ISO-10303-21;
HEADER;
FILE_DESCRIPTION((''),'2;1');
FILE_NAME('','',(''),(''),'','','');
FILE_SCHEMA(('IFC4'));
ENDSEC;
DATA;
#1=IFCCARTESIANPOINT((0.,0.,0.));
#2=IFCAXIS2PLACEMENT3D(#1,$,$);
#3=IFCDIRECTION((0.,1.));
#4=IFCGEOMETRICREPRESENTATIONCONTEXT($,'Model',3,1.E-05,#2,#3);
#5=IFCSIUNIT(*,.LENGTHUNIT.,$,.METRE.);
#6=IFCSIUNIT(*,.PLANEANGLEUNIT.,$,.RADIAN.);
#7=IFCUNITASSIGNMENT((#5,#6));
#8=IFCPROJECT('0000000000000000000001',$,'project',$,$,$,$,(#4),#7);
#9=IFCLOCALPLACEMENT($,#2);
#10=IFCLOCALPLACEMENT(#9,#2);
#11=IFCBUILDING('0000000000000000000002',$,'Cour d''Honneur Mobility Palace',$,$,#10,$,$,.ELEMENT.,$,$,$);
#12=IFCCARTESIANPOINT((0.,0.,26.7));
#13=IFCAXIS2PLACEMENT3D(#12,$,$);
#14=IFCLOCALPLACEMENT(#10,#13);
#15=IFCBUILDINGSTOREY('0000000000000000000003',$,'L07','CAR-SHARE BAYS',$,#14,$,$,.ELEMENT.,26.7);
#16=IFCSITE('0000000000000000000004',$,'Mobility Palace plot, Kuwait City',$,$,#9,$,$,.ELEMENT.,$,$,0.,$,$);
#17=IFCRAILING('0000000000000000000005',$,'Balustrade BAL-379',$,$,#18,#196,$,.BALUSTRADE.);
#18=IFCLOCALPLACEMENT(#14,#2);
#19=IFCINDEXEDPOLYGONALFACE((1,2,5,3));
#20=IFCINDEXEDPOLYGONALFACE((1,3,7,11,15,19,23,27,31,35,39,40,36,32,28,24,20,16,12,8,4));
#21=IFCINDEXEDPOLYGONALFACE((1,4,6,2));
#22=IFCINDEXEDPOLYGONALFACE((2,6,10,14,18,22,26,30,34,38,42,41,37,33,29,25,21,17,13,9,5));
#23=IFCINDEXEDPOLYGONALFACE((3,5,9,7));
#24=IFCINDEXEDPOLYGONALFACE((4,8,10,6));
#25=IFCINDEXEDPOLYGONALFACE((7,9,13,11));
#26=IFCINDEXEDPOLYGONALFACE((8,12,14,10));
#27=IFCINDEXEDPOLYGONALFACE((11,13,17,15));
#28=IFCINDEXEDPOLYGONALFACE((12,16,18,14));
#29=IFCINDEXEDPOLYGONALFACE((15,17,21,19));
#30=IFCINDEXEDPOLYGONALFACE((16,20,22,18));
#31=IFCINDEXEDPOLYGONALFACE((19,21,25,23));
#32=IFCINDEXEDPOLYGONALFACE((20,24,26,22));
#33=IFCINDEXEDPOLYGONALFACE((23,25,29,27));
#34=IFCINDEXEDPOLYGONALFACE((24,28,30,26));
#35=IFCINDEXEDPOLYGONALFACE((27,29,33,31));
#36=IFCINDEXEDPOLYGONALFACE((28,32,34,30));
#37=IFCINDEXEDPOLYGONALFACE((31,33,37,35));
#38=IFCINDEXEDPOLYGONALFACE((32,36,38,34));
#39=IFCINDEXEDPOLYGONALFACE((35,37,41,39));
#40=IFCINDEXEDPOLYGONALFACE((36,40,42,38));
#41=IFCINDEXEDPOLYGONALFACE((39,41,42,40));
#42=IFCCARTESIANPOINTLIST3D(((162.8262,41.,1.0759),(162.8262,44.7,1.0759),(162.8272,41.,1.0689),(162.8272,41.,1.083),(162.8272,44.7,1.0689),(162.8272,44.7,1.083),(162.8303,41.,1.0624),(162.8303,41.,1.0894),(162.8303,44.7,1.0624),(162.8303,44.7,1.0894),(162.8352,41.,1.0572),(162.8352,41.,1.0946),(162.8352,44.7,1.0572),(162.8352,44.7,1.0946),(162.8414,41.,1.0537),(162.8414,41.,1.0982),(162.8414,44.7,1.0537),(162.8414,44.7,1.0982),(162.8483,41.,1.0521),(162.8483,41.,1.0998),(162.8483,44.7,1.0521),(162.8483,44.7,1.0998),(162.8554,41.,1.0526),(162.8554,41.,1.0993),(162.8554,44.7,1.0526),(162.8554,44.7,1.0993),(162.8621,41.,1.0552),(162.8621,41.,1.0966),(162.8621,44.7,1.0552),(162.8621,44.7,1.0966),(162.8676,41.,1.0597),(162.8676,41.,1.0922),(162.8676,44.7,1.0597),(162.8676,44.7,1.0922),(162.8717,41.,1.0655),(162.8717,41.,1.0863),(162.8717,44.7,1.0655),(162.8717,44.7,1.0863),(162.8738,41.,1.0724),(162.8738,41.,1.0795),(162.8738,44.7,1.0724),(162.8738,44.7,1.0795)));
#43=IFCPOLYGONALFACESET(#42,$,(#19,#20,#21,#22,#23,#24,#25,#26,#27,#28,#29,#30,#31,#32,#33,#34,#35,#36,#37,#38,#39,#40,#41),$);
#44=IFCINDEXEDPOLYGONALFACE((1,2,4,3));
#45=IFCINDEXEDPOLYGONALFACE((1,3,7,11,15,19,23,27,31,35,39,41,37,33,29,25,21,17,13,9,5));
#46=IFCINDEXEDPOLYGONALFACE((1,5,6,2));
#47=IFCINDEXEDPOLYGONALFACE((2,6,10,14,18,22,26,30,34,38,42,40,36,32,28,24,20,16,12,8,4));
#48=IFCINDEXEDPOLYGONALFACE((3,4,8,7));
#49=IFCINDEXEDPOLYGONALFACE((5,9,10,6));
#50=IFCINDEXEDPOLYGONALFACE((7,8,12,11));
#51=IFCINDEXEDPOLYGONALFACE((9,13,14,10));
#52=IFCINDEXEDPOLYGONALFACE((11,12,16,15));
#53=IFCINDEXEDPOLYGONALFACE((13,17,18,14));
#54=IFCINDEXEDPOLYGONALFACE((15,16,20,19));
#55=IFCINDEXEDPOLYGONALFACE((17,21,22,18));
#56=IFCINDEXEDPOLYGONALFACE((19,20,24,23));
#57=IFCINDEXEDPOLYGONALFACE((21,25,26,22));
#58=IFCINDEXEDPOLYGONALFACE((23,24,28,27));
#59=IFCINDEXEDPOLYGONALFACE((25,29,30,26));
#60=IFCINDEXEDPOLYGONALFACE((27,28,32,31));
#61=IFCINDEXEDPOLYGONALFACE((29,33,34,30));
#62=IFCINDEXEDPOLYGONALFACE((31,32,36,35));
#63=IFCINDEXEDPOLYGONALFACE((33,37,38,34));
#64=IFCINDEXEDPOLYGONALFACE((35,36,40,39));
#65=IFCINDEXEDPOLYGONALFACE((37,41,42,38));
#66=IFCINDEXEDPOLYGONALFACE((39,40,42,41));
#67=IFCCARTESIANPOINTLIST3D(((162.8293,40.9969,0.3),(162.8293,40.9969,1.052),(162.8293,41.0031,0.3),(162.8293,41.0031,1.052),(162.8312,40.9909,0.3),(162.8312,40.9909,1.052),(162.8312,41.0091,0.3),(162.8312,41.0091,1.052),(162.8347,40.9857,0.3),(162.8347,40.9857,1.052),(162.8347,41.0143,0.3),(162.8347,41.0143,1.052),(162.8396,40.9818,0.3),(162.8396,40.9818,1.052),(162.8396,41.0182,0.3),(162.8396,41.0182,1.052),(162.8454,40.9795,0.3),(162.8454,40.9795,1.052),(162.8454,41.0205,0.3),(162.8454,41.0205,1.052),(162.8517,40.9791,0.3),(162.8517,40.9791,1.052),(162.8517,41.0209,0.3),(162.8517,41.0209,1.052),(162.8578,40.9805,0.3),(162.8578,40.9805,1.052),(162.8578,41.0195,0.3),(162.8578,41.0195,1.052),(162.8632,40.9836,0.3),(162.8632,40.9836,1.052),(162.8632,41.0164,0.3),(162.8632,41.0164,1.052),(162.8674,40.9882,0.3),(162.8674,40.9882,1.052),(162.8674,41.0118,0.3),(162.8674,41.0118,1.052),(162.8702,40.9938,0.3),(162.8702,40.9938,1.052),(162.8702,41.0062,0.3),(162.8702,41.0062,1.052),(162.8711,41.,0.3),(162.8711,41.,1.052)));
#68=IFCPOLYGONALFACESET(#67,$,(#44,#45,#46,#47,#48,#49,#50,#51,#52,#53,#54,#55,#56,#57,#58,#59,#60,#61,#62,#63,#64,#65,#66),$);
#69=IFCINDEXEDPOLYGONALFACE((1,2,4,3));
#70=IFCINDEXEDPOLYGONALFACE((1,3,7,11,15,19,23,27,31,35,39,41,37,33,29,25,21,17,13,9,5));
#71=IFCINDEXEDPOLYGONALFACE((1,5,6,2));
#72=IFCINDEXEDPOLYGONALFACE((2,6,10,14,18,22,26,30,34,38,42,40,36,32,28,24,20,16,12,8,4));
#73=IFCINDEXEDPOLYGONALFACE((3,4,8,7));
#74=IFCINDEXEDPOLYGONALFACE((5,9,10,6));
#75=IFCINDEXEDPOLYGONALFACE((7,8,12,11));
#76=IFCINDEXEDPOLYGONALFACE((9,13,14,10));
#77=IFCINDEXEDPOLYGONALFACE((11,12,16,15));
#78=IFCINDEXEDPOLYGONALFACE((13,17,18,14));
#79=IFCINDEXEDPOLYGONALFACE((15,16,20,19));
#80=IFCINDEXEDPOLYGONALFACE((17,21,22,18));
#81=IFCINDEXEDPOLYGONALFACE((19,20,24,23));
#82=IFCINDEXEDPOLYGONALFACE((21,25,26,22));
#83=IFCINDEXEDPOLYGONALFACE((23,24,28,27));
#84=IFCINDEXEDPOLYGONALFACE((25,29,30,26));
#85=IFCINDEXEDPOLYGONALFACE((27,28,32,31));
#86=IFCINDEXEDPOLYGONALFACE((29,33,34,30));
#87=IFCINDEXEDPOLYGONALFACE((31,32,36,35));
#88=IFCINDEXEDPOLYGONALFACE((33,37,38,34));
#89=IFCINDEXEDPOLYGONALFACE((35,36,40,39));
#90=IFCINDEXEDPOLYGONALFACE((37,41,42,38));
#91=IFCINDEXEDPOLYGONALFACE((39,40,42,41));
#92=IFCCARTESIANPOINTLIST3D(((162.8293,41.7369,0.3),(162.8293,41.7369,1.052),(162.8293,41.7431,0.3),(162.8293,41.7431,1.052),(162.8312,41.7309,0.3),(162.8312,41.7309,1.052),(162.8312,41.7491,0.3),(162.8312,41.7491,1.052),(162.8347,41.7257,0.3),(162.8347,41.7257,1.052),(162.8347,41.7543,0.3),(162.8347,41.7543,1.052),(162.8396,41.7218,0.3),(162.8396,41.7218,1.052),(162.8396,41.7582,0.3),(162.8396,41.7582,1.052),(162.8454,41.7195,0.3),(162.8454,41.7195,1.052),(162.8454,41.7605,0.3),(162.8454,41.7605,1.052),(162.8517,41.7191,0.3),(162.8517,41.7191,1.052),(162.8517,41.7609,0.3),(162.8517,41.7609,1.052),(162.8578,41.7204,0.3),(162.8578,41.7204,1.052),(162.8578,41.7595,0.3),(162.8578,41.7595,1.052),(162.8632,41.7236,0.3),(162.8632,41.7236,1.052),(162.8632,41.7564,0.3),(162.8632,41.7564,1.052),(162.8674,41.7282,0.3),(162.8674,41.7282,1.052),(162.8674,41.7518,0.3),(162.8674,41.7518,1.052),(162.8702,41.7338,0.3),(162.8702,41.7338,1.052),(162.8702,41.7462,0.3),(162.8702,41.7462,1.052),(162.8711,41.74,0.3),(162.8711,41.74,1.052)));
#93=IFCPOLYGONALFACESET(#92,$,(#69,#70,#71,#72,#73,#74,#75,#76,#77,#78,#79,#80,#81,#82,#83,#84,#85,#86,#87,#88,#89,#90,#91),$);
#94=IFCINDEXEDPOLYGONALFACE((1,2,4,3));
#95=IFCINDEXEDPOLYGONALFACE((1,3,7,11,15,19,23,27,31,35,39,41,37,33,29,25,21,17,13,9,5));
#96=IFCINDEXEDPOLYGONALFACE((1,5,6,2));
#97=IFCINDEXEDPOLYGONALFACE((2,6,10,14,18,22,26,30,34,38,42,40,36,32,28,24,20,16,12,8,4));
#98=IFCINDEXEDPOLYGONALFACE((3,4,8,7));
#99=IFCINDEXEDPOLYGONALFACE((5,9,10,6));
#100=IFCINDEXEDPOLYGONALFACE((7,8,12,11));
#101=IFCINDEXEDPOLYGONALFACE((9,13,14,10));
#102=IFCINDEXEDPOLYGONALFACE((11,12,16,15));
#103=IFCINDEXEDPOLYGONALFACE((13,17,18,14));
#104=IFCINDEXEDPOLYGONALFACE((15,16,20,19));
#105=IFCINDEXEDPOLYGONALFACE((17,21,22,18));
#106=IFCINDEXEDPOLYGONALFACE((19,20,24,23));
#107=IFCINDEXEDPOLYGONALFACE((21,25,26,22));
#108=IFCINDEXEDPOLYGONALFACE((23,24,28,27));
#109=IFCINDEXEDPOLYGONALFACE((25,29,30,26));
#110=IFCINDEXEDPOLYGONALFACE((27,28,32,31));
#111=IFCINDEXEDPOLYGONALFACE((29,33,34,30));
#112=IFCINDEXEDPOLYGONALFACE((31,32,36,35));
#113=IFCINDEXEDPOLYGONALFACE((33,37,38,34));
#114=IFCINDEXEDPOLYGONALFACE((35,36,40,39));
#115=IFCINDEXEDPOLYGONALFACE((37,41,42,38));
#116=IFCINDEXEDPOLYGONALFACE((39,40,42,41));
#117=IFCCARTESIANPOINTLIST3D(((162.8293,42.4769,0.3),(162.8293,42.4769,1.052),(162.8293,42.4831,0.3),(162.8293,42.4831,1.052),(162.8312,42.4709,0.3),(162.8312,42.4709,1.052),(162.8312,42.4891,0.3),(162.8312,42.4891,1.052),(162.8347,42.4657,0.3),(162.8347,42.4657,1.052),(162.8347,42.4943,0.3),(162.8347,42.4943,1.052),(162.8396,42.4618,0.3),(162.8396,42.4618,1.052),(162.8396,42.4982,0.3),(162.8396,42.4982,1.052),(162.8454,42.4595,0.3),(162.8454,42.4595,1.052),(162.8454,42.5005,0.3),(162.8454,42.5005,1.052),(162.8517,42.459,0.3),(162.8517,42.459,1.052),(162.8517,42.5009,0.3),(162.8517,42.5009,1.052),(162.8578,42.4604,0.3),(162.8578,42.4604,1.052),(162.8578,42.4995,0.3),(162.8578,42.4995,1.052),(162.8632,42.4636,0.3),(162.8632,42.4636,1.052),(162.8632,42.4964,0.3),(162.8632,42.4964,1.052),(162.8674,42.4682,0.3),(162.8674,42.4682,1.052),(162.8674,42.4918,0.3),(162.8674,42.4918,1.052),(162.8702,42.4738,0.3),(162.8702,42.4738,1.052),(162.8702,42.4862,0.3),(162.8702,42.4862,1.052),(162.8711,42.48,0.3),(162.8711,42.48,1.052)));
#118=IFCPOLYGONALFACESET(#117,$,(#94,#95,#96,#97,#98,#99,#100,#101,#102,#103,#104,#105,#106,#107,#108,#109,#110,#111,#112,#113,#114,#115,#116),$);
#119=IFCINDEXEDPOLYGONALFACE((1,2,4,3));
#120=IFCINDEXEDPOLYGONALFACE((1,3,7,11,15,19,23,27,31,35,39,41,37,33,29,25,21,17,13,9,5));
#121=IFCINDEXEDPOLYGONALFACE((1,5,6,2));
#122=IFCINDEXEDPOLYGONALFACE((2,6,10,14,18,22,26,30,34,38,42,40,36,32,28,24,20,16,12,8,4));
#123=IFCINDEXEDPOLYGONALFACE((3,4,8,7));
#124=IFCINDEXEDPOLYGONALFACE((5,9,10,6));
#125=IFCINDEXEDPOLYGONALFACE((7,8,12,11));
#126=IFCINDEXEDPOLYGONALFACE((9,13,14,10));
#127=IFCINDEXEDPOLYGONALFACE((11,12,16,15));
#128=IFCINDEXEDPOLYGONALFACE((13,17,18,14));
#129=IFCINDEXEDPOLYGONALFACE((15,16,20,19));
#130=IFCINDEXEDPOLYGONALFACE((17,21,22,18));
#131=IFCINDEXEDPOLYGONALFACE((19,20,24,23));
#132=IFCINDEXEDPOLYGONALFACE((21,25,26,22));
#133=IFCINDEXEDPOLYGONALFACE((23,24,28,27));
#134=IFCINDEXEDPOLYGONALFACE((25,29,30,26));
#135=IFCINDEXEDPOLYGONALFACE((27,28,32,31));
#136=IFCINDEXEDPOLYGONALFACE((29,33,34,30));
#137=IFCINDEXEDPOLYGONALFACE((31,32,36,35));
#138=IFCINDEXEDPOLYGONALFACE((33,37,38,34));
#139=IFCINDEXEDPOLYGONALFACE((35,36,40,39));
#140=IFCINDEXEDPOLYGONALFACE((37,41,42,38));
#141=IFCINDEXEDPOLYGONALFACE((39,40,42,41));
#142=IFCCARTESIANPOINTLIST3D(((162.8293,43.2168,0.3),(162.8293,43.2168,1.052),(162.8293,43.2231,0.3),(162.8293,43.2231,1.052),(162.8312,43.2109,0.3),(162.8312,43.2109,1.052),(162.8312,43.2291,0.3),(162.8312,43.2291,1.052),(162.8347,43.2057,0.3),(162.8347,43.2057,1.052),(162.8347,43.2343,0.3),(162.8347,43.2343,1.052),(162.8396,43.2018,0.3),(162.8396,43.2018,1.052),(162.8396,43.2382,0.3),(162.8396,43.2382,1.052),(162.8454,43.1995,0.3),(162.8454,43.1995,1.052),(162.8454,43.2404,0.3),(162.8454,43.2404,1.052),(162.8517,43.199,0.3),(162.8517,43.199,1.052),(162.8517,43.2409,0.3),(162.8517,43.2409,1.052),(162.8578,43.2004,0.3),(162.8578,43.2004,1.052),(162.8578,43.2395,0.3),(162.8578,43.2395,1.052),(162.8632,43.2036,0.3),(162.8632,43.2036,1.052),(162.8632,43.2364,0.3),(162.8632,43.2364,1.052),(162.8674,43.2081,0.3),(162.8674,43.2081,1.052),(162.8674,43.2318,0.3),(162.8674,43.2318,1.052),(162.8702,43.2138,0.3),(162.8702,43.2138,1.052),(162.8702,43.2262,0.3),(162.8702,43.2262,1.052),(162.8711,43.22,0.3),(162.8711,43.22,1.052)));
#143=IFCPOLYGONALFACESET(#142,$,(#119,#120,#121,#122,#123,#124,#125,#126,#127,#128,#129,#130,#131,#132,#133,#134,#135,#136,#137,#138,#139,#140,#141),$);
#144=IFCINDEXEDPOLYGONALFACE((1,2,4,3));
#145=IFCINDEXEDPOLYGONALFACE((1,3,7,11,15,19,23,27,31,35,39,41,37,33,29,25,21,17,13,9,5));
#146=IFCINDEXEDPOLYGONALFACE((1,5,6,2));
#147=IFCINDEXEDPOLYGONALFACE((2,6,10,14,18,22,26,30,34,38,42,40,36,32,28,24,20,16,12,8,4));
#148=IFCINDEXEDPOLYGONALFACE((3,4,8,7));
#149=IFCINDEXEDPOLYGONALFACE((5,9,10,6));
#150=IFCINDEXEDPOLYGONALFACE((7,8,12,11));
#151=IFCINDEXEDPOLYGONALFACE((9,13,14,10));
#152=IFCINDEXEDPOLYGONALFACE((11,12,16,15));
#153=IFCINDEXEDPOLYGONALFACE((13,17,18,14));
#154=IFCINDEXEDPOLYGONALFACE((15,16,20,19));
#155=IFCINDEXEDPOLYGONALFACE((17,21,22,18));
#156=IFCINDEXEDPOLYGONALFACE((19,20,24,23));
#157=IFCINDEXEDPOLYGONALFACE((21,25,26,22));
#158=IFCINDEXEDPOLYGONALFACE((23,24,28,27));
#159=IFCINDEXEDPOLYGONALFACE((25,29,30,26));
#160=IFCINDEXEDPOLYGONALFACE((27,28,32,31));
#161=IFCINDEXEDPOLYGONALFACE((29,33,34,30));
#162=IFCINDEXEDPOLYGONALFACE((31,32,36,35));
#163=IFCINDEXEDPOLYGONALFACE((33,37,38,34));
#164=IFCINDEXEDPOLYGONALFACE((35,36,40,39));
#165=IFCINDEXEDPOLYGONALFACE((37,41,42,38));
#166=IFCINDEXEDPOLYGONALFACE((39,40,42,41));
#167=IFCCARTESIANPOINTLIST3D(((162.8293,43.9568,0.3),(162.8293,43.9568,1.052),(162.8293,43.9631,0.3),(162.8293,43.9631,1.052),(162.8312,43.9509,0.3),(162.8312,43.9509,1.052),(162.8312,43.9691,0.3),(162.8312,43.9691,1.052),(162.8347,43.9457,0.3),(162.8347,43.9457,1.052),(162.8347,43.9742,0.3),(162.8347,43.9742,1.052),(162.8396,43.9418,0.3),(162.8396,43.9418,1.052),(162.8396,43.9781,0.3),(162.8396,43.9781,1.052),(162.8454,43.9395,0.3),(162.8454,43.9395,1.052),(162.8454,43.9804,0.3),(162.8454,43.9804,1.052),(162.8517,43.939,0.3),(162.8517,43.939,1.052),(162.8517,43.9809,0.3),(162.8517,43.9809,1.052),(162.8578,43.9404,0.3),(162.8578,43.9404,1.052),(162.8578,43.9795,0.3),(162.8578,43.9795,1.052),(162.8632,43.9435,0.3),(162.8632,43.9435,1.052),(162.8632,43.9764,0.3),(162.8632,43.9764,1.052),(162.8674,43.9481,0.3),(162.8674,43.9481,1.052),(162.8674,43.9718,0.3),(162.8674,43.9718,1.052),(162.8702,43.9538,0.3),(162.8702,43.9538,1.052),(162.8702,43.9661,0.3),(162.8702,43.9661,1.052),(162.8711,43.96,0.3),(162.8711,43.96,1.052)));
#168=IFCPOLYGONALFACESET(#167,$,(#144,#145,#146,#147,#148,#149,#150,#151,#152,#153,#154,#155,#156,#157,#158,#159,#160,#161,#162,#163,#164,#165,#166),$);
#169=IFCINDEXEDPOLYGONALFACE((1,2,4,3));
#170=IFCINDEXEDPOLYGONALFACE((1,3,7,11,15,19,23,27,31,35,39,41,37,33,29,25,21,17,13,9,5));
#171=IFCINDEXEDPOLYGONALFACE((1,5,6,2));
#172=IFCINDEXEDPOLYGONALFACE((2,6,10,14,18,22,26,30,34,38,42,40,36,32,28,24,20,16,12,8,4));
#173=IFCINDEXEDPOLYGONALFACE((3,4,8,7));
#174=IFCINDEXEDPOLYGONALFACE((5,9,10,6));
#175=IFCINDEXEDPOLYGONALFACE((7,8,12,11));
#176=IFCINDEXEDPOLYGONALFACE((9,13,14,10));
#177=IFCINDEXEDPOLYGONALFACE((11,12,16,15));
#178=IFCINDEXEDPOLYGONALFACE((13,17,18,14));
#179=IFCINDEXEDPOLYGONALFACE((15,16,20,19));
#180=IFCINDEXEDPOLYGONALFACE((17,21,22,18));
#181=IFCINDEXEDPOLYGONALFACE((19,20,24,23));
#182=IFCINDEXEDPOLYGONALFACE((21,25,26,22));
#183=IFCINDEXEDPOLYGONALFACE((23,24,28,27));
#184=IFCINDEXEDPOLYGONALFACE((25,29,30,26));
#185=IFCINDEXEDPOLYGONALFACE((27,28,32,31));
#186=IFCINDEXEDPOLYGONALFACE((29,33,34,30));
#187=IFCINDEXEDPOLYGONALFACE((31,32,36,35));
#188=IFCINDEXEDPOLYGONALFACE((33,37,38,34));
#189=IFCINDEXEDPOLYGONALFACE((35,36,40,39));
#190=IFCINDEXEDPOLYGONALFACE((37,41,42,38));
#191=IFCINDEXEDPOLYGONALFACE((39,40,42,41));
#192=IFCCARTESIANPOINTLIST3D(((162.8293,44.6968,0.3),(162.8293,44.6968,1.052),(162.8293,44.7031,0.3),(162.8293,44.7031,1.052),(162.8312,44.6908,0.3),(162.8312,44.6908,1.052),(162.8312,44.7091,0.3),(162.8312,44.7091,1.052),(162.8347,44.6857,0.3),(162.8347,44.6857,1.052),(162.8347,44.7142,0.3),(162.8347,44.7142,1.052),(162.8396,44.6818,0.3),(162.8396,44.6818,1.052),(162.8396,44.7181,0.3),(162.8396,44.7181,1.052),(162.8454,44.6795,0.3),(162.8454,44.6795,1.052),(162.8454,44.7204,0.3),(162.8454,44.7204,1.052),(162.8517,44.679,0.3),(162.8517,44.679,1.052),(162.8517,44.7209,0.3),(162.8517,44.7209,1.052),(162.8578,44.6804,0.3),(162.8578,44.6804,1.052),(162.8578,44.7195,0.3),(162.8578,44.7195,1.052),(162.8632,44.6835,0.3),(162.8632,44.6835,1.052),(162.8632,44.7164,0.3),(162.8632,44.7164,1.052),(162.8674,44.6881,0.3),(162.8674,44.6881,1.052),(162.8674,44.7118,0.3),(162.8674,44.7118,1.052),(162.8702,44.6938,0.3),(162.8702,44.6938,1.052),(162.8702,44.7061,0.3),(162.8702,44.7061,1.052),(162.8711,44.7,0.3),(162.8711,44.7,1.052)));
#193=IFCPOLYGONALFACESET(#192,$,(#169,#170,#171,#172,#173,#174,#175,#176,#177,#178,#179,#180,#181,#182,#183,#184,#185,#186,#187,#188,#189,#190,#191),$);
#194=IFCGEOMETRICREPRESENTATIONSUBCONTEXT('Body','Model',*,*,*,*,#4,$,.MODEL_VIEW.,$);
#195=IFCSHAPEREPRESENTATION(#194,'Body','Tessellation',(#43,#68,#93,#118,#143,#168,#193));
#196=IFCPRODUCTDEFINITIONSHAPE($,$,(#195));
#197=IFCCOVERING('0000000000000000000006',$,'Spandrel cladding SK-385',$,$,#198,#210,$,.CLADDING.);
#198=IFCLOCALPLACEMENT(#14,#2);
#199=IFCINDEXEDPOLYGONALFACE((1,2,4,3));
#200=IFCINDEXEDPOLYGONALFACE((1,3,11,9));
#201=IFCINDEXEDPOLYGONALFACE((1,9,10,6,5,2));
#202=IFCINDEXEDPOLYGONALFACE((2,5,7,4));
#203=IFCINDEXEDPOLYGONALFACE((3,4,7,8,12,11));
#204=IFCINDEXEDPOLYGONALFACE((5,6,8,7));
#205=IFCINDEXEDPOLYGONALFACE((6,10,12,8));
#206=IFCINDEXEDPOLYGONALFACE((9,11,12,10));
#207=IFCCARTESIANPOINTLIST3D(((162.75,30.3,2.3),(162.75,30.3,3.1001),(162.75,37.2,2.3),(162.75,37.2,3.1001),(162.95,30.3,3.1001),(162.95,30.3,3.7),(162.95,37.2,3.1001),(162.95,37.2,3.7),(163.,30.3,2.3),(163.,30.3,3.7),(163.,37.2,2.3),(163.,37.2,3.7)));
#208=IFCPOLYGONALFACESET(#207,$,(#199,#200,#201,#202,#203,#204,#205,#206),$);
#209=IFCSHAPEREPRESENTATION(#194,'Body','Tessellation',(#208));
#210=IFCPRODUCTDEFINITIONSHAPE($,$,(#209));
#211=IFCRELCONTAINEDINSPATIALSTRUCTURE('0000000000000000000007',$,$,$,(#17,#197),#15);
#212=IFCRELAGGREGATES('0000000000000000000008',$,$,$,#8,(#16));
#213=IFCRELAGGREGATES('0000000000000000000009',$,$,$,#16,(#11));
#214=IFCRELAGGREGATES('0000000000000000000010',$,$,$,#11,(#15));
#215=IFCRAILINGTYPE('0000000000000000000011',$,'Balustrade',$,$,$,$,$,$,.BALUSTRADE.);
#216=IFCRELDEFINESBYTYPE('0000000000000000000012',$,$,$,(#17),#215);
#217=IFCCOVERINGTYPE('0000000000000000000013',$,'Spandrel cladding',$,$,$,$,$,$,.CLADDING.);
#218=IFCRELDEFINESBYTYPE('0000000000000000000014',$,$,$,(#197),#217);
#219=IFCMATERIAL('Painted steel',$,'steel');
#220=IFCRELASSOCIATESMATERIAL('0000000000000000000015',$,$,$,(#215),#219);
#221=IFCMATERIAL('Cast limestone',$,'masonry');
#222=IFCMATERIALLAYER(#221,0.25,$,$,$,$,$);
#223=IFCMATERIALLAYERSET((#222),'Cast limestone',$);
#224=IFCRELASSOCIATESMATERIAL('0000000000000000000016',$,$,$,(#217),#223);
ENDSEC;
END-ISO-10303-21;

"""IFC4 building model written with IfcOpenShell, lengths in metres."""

from ifc_helpers import new_model, si_unit, direction, frame, origin, origin_2d, place, context, subcontext, project, spatial, polyline, circle, outline, extrude, material, layer, layer_set, type_object, element, save


model = new_model("IFC4")

# Units and contexts
model_context = context("Model", 3, precision=1e-05, world=origin(), true_north=direction((0.0, 1.0)))
body_context = subcontext(model_context, "Body", "Model", "MODEL_VIEW")
ifc_project = project(units=[si_unit("LENGTHUNIT", "METRE"), si_unit("PLANEANGLEUNIT", "RADIAN")], contexts=[model_context])

# Site, building, storey
site_placement = place(None, origin())
site = spatial("IfcSite", under=ifc_project, at=site_placement, Name="Mobility Palace plot, Kuwait City", CompositionType="ELEMENT", RefElevation=0.0)
building_placement = place(site_placement, origin())
building = spatial("IfcBuilding", under=site, at=building_placement, Name="Cour d'Honneur Mobility Palace", CompositionType="ELEMENT")
storey_placement = place(building_placement, frame((0.0, 0.0, 26.7)))
storey = spatial("IfcBuildingStorey", under=building, at=storey_placement, Name="L07", Description="CAR-SHARE BAYS", CompositionType="ELEMENT", Elevation=26.7)

# Railing
ifc_material_1 = material(Name="Painted steel", Category="steel")
railing_type = type_object("IfcRailingType", Name="Balustrade", PredefinedType="BALUSTRADE", material=ifc_material_1)
railing_placement = place(storey_placement, frame((162.8501, 41.0, 0.3)))
element("IfcRailing", 1, at=railing_placement, inside=storey, type_object=railing_type, Name="Balustrade BAL-379", PredefinedType="BALUSTRADE", context=body_context, shape_type="SweptSolid", body=[
    extrude(circle(Radius=0.0239, at=origin_2d()), frame((0.0, 0.0, 0.7759), z_axis=(0.0, 1.0, 0.0), x_axis=(-1.0, 0.0, 0.0)), (0.0, 0.0, 1.0), 3.7),
    extrude(circle(Radius=0.021, at=origin_2d()), origin(), (0.0, 0.0, 1.0), 0.752),
    extrude(circle(Radius=0.021, at=origin_2d()), frame((0.0, 0.74, 0.0)), (0.0, 0.0, 1.0), 0.752),
    extrude(circle(Radius=0.021, at=origin_2d()), frame((0.0, 1.48, 0.0)), (0.0, 0.0, 1.0), 0.752),
    extrude(circle(Radius=0.021, at=origin_2d()), frame((0.0, 2.22, 0.0)), (0.0, 0.0, 1.0), 0.752),
    extrude(circle(Radius=0.021, at=origin_2d()), frame((0.0, 2.96, 0.0)), (0.0, 0.0, 1.0), 0.752),
    extrude(circle(Radius=0.021, at=origin_2d()), frame((0.0, 3.7, 0.0)), (0.0, 0.0, 1.0), 0.752),
])

# Covering
ifc_material_2 = material(Name="Cast limestone", Category="masonry")
ifc_layer_1 = layer(ifc_material_2, 0.25)
ifc_layer_set_1 = layer_set([ifc_layer_1], Name="Cast limestone")
covering_type = type_object("IfcCoveringType", Name="Spandrel cladding", PredefinedType="CLADDING", material=ifc_layer_set_1)
covering_placement = place(storey_placement, frame((162.75, 30.3, 2.3), z_axis=(0.0, -1.0, 0.0), x_axis=(1.0, 0.0, 0.0)))
element("IfcCovering", 2, at=covering_placement, inside=storey, type_object=covering_type, Name="Spandrel cladding SK-385", PredefinedType="CLADDING", context=body_context, shape_type="SweptSolid", body=[
    extrude(outline(polyline([(0.0, 0.0), (0.25, 0.0), (0.25, 1.3999), (0.2, 1.3999), (0.2, 0.8), (0.0, 0.8), (0.0, 0.0)])), origin(), (0.0, 0.0, -1.0), 6.8999),
])

save(model, "model.ifc")
